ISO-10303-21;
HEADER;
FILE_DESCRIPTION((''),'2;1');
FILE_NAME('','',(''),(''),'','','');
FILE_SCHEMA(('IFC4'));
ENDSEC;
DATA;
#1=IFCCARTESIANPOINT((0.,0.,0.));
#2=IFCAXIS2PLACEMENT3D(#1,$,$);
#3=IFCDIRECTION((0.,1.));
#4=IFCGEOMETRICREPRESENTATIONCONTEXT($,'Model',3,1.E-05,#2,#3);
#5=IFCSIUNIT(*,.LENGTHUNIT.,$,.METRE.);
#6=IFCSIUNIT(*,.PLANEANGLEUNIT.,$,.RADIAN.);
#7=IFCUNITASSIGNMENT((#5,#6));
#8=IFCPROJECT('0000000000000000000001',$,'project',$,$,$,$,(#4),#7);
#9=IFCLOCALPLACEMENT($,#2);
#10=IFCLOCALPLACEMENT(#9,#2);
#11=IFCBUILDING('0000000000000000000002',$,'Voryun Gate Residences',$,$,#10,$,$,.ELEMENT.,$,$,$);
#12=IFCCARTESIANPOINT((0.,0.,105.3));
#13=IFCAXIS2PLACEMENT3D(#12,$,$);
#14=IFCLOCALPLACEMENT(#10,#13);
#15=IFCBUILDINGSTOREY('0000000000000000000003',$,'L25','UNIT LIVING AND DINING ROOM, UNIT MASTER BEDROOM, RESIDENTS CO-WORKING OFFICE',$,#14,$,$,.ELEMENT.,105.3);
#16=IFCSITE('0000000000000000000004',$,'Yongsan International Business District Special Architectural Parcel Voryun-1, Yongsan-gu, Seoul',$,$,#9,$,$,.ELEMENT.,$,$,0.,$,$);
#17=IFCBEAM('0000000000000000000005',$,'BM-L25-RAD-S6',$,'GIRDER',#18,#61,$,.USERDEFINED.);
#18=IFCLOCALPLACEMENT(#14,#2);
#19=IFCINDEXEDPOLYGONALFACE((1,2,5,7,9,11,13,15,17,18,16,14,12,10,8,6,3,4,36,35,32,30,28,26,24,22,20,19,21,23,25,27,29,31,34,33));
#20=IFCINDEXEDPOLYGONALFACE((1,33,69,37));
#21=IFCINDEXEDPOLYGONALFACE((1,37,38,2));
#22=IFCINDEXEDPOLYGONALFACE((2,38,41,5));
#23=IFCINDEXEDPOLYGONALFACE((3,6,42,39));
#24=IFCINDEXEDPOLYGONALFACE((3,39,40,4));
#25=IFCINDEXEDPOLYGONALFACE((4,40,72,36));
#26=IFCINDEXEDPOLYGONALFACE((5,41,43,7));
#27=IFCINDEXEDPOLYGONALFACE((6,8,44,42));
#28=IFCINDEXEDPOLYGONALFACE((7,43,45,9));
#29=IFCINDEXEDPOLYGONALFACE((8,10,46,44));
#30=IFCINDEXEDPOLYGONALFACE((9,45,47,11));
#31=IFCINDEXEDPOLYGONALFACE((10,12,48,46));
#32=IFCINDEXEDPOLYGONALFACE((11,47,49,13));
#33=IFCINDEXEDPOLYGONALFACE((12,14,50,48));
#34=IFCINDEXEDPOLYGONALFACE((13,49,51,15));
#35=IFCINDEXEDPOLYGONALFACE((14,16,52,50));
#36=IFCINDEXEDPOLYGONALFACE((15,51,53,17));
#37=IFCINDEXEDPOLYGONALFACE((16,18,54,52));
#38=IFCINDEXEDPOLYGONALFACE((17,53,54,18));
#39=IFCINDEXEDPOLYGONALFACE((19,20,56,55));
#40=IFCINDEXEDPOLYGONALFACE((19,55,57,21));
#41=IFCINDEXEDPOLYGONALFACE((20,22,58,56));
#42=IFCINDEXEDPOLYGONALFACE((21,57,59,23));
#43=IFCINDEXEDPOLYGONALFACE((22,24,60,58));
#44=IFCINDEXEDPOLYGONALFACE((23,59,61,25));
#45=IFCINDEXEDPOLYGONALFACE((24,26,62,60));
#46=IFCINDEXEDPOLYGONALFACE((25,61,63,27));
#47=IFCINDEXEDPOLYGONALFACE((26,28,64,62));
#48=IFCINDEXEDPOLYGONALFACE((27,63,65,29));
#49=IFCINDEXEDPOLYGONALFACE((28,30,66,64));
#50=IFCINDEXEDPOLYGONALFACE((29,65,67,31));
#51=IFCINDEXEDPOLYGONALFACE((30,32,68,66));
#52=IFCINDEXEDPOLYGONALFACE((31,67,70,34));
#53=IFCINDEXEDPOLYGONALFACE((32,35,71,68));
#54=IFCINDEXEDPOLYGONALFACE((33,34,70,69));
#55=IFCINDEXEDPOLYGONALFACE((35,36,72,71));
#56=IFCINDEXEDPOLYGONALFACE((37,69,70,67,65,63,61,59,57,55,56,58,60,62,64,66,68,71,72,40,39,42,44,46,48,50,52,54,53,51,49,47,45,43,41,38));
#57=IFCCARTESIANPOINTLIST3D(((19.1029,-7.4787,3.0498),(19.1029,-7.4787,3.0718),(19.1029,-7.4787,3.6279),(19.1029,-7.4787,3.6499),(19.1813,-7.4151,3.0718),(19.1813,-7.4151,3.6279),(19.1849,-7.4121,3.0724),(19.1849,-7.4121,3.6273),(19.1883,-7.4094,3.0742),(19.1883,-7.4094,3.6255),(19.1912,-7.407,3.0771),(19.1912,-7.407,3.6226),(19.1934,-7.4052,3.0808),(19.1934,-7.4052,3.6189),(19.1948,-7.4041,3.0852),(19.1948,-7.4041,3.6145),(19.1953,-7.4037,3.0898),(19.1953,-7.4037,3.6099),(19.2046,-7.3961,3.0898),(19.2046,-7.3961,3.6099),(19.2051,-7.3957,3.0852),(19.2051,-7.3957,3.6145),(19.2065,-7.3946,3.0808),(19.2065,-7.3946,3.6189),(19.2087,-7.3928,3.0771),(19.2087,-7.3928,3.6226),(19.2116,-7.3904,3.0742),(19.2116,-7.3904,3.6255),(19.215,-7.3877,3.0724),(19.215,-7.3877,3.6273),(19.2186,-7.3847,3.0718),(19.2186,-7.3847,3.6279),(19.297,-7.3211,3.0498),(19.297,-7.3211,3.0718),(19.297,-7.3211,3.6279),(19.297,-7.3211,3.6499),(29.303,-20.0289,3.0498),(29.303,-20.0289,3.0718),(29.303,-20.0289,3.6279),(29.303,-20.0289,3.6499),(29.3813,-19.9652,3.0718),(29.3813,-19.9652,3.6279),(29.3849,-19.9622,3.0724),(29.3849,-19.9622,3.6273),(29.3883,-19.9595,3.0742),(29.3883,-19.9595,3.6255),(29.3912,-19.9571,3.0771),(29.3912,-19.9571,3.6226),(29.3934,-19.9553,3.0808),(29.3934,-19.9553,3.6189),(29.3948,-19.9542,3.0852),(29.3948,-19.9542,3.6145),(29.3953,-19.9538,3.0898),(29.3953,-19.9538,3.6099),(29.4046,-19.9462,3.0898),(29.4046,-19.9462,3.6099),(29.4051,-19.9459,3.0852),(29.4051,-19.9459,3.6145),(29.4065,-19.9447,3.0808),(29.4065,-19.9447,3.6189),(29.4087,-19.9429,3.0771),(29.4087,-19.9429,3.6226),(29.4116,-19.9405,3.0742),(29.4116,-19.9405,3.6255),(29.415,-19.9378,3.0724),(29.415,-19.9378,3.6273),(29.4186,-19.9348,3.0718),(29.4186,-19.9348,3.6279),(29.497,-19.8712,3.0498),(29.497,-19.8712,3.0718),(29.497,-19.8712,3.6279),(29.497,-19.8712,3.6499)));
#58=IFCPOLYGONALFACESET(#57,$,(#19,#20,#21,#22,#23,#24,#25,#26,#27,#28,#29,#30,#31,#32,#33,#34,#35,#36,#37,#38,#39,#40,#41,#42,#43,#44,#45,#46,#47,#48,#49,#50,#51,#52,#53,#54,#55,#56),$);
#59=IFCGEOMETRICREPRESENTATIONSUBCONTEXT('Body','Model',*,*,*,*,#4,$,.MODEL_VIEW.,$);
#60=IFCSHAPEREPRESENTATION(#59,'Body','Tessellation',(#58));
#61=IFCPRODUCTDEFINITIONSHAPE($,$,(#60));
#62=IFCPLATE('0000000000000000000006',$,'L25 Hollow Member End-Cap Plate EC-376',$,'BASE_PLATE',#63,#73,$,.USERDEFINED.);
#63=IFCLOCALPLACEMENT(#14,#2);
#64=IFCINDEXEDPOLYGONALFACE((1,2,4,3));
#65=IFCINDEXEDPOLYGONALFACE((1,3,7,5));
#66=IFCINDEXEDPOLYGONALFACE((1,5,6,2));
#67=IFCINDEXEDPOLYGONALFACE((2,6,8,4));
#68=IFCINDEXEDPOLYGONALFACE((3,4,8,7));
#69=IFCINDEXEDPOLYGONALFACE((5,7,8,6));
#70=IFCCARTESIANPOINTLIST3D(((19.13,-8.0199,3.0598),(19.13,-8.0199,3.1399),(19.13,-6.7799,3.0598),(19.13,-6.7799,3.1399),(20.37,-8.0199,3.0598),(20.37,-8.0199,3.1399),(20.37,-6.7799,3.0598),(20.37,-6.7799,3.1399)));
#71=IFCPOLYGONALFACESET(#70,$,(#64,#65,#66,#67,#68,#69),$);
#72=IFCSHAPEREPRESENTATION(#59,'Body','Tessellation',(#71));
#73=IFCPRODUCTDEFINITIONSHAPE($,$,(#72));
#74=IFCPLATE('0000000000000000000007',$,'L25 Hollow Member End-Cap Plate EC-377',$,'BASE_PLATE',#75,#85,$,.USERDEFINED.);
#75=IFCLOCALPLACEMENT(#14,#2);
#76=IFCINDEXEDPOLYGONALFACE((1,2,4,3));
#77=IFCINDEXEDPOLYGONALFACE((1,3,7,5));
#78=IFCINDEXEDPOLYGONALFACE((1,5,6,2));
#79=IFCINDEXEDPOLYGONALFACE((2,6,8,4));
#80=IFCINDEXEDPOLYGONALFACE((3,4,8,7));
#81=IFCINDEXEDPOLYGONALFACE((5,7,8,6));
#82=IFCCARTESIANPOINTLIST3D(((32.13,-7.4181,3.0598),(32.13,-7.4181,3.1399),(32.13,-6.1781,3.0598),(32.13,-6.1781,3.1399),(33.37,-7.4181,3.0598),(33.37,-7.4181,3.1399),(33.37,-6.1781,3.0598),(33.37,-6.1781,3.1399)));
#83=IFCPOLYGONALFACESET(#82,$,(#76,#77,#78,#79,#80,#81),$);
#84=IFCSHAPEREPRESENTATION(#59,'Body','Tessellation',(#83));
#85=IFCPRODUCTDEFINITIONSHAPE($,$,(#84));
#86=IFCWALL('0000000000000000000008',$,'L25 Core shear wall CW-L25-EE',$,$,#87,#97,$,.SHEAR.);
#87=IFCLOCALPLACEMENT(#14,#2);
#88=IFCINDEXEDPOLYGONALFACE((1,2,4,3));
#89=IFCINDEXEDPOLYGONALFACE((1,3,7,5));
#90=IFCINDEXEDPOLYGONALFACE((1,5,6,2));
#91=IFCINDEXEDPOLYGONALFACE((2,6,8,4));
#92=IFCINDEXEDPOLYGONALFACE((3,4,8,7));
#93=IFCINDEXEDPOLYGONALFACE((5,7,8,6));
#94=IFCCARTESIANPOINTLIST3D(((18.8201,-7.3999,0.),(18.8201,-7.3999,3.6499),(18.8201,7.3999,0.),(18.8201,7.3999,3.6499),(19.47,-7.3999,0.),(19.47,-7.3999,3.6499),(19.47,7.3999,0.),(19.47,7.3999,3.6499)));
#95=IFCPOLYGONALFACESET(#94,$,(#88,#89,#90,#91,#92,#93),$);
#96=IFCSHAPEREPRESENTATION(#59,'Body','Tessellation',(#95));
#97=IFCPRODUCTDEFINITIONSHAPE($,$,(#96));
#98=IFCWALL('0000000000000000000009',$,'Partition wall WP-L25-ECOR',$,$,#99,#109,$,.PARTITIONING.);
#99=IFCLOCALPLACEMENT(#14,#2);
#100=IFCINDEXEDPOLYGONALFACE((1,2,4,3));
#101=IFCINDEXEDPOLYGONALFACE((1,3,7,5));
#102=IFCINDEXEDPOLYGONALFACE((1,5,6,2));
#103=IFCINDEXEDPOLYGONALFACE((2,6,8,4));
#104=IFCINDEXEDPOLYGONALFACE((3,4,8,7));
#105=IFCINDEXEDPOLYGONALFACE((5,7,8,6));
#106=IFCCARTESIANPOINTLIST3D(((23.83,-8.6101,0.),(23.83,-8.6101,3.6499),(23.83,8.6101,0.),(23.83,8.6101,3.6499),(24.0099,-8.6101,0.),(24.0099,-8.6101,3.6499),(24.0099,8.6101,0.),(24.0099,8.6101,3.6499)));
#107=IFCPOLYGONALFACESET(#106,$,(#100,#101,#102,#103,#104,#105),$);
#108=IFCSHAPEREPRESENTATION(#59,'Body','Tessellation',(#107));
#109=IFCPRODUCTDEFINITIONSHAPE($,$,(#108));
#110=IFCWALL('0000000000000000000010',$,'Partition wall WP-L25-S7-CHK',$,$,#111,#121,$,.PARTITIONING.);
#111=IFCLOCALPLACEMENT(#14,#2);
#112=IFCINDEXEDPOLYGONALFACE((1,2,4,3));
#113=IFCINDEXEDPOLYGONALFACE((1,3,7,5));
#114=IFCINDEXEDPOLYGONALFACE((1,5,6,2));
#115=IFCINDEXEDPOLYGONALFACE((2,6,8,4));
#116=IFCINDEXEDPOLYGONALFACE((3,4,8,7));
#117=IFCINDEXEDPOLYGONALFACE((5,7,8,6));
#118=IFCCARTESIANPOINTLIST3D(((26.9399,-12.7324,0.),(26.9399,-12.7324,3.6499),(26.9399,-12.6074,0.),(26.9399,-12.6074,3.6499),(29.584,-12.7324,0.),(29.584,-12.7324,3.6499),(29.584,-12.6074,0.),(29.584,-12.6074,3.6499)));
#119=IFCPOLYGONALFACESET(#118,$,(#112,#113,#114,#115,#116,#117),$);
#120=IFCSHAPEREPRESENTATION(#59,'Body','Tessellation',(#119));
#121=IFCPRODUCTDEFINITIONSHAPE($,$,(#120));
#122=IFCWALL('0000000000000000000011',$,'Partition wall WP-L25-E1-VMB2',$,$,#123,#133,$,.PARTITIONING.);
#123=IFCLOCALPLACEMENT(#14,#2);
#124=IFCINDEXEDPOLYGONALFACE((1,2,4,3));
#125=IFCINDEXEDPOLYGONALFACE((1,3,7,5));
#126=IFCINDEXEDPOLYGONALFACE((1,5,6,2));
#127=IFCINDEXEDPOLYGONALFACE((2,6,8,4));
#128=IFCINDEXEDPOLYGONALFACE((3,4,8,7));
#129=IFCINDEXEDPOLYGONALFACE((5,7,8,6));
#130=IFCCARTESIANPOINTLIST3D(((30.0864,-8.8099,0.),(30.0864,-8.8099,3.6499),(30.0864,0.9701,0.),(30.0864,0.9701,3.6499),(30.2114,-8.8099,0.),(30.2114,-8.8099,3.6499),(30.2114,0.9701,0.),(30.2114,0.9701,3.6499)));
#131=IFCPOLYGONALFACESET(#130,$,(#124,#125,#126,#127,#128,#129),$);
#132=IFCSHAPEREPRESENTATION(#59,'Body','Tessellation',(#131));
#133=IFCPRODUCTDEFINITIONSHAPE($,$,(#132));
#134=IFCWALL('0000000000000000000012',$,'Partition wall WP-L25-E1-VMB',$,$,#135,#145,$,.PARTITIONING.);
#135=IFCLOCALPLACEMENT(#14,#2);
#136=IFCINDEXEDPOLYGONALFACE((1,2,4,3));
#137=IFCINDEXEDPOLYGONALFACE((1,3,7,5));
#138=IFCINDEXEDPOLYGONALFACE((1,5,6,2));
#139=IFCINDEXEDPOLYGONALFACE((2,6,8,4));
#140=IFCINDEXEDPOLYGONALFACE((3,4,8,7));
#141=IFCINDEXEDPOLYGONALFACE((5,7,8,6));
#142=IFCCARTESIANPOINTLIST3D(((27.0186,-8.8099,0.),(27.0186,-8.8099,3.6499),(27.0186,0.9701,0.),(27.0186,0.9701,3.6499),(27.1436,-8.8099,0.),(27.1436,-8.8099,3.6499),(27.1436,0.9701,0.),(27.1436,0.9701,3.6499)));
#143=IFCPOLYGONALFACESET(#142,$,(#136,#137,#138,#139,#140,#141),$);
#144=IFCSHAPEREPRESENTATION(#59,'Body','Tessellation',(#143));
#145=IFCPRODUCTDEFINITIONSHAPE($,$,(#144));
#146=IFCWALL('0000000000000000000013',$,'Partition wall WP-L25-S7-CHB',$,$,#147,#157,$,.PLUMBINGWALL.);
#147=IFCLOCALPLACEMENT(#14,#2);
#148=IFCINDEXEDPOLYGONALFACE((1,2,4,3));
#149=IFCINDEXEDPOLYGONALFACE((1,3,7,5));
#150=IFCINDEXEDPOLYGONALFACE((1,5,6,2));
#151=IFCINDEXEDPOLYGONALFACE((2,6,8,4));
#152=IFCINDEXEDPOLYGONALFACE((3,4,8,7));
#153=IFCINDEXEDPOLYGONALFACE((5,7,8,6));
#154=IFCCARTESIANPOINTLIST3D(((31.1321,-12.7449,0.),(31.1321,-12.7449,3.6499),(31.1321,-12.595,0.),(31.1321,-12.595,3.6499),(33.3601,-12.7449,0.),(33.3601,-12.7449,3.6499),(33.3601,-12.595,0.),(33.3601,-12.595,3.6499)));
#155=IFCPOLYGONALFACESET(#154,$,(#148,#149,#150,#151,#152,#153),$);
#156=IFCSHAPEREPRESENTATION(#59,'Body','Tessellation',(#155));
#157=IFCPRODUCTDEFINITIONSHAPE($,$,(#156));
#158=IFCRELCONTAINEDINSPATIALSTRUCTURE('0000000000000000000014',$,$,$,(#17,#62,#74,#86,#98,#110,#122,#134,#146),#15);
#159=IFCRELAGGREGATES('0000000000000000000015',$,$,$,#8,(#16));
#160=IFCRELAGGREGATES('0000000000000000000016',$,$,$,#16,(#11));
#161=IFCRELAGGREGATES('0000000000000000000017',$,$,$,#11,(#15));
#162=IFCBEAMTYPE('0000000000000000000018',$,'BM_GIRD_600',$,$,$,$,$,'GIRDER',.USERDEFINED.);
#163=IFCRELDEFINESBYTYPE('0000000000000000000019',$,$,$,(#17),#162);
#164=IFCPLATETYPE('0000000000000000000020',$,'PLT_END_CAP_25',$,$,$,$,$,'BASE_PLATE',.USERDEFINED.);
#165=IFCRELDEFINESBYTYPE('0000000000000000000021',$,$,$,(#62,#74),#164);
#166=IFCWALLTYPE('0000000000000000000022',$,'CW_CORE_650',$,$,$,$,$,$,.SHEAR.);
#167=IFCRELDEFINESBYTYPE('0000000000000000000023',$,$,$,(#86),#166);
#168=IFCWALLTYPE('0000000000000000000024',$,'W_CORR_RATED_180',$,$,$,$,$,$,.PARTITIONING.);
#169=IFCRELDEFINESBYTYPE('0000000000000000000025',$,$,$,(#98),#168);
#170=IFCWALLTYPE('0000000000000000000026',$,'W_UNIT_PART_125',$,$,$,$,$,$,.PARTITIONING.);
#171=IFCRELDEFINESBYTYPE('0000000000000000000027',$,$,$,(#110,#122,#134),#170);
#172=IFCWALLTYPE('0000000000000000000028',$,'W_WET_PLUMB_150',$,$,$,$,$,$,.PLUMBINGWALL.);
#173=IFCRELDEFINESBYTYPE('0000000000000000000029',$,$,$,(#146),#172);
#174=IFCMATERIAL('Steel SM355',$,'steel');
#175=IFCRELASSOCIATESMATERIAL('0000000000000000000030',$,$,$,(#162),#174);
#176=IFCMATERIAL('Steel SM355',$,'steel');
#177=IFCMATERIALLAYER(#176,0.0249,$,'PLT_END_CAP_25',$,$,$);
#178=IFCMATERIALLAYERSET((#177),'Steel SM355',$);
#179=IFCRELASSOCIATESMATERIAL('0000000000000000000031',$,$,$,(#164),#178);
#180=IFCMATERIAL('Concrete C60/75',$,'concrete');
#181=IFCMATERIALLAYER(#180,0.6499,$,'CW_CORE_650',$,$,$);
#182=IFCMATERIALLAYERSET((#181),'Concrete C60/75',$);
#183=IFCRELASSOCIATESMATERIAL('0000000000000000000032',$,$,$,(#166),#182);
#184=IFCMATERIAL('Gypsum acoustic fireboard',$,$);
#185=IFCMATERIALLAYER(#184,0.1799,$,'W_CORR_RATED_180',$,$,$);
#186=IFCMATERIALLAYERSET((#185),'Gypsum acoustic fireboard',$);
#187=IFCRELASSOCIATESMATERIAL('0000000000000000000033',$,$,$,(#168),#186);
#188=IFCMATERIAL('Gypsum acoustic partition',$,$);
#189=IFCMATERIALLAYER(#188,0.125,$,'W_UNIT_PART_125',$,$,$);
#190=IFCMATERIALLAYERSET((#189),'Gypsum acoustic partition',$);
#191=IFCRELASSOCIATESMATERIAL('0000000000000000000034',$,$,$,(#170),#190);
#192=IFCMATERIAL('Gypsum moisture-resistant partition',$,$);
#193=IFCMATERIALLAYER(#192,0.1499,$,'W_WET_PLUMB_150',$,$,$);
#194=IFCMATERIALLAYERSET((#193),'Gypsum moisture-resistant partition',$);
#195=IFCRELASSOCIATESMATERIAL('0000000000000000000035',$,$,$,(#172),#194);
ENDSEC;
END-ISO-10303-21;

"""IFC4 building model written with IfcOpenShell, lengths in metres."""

from ifc_helpers import new_model, si_unit, direction, frame, frame_2d, origin, origin_2d, place, context, subcontext, project, spatial, rectangle, i_section, extrude, material, layer, layer_set, material_profile, profile_set, type_object, element, save


model = new_model("IFC4")

# Units and contexts
model_context = context("Model", 3, precision=1e-05, world=origin(), true_north=direction((0.0, 1.0)))
body_context = subcontext(model_context, "Body", "Model", "MODEL_VIEW")
ifc_project = project(units=[si_unit("LENGTHUNIT", "METRE"), si_unit("PLANEANGLEUNIT", "RADIAN")], contexts=[model_context])

# Site, building, storey
site_placement = place(None, origin())
site = spatial("IfcSite", under=ifc_project, at=site_placement, Name="Yongsan International Business District Special Architectural Parcel Voryun-1, Yongsan-gu, Seoul", CompositionType="ELEMENT", RefElevation=0.0)
building_placement = place(site_placement, origin())
building = spatial("IfcBuilding", under=site, at=building_placement, Name="Voryun Gate Residences", CompositionType="ELEMENT")
storey_placement = place(building_placement, frame((0.0, 0.0, 105.3)))
storey = spatial("IfcBuildingStorey", under=building, at=storey_placement, Name="L25", Description="UNIT LIVING AND DINING ROOM, UNIT MASTER BEDROOM, RESIDENTS CO-WORKING OFFICE", CompositionType="ELEMENT", Elevation=105.3)

# Beam
ifc_material_1 = material(Name="Steel SM355", Category="steel")
ifc_material_profile_1 = material_profile(ifc_material_1, i_section(OverallWidth=0.25, OverallDepth=0.6001, WebThickness=0.012, FlangeThickness=0.022, FilletRadius=0.0181, at=origin_2d()), Name="H-600x250x12x22")
ifc_profile_set_1 = profile_set([ifc_material_profile_1], Name="Steel SM355")
beam_type_1 = type_object("IfcBeamType", Name="BM_GIRD_600", ElementType="GIRDER", PredefinedType="USERDEFINED", material=ifc_profile_set_1)
beam_1_placement = place(storey_placement, frame((19.2, -7.3999, 3.3499), z_axis=(0.630706, -0.776022, 0.0), x_axis=(0.776022, 0.630706, 0.0)))
element("IfcBeam", 1, at=beam_1_placement, inside=storey, type_object=beam_type_1, Name="BM-L25-RAD-S6", ObjectType="GIRDER", PredefinedType="USERDEFINED", context=body_context, shape_type="SweptSolid", body=[
    extrude(i_section(OverallWidth=0.25, OverallDepth=0.6001, WebThickness=0.012, FlangeThickness=0.022, FilletRadius=0.0181, at=origin_2d()), origin(), (0.0, 0.0, 1.0), 16.1724),
])

# Plates
ifc_material_2 = material(Name="Steel SM355", Category="steel")
ifc_layer_1 = layer(ifc_material_2, 0.0249, Name="PLT_END_CAP_25")
ifc_layer_set_1 = layer_set([ifc_layer_1], Name="Steel SM355")
plate_type = type_object("IfcPlateType", Name="PLT_END_CAP_25", ElementType="BASE_PLATE", PredefinedType="USERDEFINED", material=ifc_layer_set_1)
for number, where, z_axis, x_axis, name in (
    (2, (19.75, -7.3999, 3.0598), (0.0, 0.0, 1.0), (1.0, 0.0, 0.0), "L25 Hollow Member End-Cap Plate EC-376"),
    (3, (32.75, -6.7981, 3.0598), (0.0, 0.0, 1.0), (1.0, 0.0, 0.0), "L25 Hollow Member End-Cap Plate EC-377"),
):
    element("IfcPlate", number, at=place(storey_placement, frame(where, z_axis=z_axis, x_axis=x_axis)), inside=storey, type_object=plate_type, Name=name, ObjectType="BASE_PLATE", PredefinedType="USERDEFINED", context=body_context, shape_type="SweptSolid", body=[
        extrude(rectangle(XDim=1.24, YDim=1.24, at=origin_2d()), origin(), (0.0, 0.0, 1.0), 0.0801),
    ])

# Walls
ifc_material_3 = material(Name="Concrete C60/75", Category="concrete")
ifc_layer_2 = layer(ifc_material_3, 0.6499, Name="CW_CORE_650")
ifc_layer_set_2 = layer_set([ifc_layer_2], Name="Concrete C60/75")
wall_type_1 = type_object("IfcWallType", Name="CW_CORE_650", PredefinedType="SHEAR", material=ifc_layer_set_2)
wall_1_placement = place(storey_placement, frame((19.145, -7.3999, 0.0), z_axis=(0.0, 0.0, 1.0), x_axis=(0.0, 1.0, 0.0)))
element("IfcWall", 4, at=wall_1_placement, inside=storey, type_object=wall_type_1, Name="L25 Core shear wall CW-L25-EE", PredefinedType="SHEAR", context=body_context, shape_type="SweptSolid", body=[
    extrude(rectangle(XDim=14.7998, YDim=0.6499, at=frame_2d((7.3999, 0.0))), origin(), (0.0, 0.0, 1.0), 3.6499),
])
ifc_material_4 = material(Name="Gypsum acoustic fireboard")
ifc_layer_3 = layer(ifc_material_4, 0.1799, Name="W_CORR_RATED_180")
ifc_layer_set_3 = layer_set([ifc_layer_3], Name="Gypsum acoustic fireboard")
wall_type_2 = type_object("IfcWallType", Name="W_CORR_RATED_180", PredefinedType="PARTITIONING", material=ifc_layer_set_3)
wall_2_placement = place(storey_placement, frame((23.9199, -8.6101, 0.0), z_axis=(0.0, 0.0, 1.0), x_axis=(0.0, 1.0, 0.0)))
element("IfcWall", 5, at=wall_2_placement, inside=storey, type_object=wall_type_2, Name="Partition wall WP-L25-ECOR", PredefinedType="PARTITIONING", context=body_context, shape_type="SweptSolid", body=[
    extrude(rectangle(XDim=17.2202, YDim=0.1799, at=frame_2d((8.6101, 0.0))), origin(), (0.0, 0.0, 1.0), 3.6499),
])
ifc_material_5 = material(Name="Gypsum acoustic partition")
ifc_layer_4 = layer(ifc_material_5, 0.125, Name="W_UNIT_PART_125")
ifc_layer_set_4 = layer_set([ifc_layer_4], Name="Gypsum acoustic partition")
wall_type_3 = type_object("IfcWallType", Name="W_UNIT_PART_125", PredefinedType="PARTITIONING", material=ifc_layer_set_4)
wall_3_placement = place(storey_placement, frame((26.9399, -12.6699, 0.0), z_axis=(0.0, 0.0, 1.0), x_axis=(1.0, 0.0, 0.0)))
element("IfcWall", 6, at=wall_3_placement, inside=storey, type_object=wall_type_3, Name="Partition wall WP-L25-S7-CHK", PredefinedType="PARTITIONING", context=body_context, shape_type="SweptSolid", body=[
    extrude(rectangle(XDim=2.644, YDim=0.125, at=frame_2d((1.322, 0.0))), origin(), (0.0, 0.0, 1.0), 3.6499),
])
for number, where, z_axis, x_axis, name in (
    (7, (30.1489, -8.8101, 0.0), (0.0, 0.0, 1.0), (0.0, 1.0, 0.0), "Partition wall WP-L25-E1-VMB2"),
    (8, (27.0811, -8.8101, 0.0), (0.0, 0.0, 1.0), (0.0, 1.0, 0.0), "Partition wall WP-L25-E1-VMB"),
):
    element("IfcWall", number, at=place(storey_placement, frame(where, z_axis=z_axis, x_axis=x_axis)), inside=storey, type_object=wall_type_3, Name=name, PredefinedType="PARTITIONING", context=body_context, shape_type="SweptSolid", body=[
        extrude(rectangle(XDim=9.78, YDim=0.125, at=frame_2d((4.8901, 0.0))), origin(), (0.0, 0.0, 1.0), 3.6499),
    ])
ifc_material_6 = material(Name="Gypsum moisture-resistant partition")
ifc_layer_5 = layer(ifc_material_6, 0.1499, Name="W_WET_PLUMB_150")
ifc_layer_set_5 = layer_set([ifc_layer_5], Name="Gypsum moisture-resistant partition")
wall_type_4 = type_object("IfcWallType", Name="W_WET_PLUMB_150", PredefinedType="PLUMBINGWALL", material=ifc_layer_set_5)
wall_4_placement = place(storey_placement, frame((31.1321, -12.6699, 0.0), z_axis=(0.0, 0.0, 1.0), x_axis=(1.0, 0.0, 0.0)))
element("IfcWall", 9, at=wall_4_placement, inside=storey, type_object=wall_type_4, Name="Partition wall WP-L25-S7-CHB", PredefinedType="PLUMBINGWALL", context=body_context, shape_type="SweptSolid", body=[
    extrude(rectangle(XDim=2.228, YDim=0.1499, at=frame_2d((1.114, 0.0))), origin(), (0.0, 0.0, 1.0), 3.6499),
])

save(model, "model.ifc")
